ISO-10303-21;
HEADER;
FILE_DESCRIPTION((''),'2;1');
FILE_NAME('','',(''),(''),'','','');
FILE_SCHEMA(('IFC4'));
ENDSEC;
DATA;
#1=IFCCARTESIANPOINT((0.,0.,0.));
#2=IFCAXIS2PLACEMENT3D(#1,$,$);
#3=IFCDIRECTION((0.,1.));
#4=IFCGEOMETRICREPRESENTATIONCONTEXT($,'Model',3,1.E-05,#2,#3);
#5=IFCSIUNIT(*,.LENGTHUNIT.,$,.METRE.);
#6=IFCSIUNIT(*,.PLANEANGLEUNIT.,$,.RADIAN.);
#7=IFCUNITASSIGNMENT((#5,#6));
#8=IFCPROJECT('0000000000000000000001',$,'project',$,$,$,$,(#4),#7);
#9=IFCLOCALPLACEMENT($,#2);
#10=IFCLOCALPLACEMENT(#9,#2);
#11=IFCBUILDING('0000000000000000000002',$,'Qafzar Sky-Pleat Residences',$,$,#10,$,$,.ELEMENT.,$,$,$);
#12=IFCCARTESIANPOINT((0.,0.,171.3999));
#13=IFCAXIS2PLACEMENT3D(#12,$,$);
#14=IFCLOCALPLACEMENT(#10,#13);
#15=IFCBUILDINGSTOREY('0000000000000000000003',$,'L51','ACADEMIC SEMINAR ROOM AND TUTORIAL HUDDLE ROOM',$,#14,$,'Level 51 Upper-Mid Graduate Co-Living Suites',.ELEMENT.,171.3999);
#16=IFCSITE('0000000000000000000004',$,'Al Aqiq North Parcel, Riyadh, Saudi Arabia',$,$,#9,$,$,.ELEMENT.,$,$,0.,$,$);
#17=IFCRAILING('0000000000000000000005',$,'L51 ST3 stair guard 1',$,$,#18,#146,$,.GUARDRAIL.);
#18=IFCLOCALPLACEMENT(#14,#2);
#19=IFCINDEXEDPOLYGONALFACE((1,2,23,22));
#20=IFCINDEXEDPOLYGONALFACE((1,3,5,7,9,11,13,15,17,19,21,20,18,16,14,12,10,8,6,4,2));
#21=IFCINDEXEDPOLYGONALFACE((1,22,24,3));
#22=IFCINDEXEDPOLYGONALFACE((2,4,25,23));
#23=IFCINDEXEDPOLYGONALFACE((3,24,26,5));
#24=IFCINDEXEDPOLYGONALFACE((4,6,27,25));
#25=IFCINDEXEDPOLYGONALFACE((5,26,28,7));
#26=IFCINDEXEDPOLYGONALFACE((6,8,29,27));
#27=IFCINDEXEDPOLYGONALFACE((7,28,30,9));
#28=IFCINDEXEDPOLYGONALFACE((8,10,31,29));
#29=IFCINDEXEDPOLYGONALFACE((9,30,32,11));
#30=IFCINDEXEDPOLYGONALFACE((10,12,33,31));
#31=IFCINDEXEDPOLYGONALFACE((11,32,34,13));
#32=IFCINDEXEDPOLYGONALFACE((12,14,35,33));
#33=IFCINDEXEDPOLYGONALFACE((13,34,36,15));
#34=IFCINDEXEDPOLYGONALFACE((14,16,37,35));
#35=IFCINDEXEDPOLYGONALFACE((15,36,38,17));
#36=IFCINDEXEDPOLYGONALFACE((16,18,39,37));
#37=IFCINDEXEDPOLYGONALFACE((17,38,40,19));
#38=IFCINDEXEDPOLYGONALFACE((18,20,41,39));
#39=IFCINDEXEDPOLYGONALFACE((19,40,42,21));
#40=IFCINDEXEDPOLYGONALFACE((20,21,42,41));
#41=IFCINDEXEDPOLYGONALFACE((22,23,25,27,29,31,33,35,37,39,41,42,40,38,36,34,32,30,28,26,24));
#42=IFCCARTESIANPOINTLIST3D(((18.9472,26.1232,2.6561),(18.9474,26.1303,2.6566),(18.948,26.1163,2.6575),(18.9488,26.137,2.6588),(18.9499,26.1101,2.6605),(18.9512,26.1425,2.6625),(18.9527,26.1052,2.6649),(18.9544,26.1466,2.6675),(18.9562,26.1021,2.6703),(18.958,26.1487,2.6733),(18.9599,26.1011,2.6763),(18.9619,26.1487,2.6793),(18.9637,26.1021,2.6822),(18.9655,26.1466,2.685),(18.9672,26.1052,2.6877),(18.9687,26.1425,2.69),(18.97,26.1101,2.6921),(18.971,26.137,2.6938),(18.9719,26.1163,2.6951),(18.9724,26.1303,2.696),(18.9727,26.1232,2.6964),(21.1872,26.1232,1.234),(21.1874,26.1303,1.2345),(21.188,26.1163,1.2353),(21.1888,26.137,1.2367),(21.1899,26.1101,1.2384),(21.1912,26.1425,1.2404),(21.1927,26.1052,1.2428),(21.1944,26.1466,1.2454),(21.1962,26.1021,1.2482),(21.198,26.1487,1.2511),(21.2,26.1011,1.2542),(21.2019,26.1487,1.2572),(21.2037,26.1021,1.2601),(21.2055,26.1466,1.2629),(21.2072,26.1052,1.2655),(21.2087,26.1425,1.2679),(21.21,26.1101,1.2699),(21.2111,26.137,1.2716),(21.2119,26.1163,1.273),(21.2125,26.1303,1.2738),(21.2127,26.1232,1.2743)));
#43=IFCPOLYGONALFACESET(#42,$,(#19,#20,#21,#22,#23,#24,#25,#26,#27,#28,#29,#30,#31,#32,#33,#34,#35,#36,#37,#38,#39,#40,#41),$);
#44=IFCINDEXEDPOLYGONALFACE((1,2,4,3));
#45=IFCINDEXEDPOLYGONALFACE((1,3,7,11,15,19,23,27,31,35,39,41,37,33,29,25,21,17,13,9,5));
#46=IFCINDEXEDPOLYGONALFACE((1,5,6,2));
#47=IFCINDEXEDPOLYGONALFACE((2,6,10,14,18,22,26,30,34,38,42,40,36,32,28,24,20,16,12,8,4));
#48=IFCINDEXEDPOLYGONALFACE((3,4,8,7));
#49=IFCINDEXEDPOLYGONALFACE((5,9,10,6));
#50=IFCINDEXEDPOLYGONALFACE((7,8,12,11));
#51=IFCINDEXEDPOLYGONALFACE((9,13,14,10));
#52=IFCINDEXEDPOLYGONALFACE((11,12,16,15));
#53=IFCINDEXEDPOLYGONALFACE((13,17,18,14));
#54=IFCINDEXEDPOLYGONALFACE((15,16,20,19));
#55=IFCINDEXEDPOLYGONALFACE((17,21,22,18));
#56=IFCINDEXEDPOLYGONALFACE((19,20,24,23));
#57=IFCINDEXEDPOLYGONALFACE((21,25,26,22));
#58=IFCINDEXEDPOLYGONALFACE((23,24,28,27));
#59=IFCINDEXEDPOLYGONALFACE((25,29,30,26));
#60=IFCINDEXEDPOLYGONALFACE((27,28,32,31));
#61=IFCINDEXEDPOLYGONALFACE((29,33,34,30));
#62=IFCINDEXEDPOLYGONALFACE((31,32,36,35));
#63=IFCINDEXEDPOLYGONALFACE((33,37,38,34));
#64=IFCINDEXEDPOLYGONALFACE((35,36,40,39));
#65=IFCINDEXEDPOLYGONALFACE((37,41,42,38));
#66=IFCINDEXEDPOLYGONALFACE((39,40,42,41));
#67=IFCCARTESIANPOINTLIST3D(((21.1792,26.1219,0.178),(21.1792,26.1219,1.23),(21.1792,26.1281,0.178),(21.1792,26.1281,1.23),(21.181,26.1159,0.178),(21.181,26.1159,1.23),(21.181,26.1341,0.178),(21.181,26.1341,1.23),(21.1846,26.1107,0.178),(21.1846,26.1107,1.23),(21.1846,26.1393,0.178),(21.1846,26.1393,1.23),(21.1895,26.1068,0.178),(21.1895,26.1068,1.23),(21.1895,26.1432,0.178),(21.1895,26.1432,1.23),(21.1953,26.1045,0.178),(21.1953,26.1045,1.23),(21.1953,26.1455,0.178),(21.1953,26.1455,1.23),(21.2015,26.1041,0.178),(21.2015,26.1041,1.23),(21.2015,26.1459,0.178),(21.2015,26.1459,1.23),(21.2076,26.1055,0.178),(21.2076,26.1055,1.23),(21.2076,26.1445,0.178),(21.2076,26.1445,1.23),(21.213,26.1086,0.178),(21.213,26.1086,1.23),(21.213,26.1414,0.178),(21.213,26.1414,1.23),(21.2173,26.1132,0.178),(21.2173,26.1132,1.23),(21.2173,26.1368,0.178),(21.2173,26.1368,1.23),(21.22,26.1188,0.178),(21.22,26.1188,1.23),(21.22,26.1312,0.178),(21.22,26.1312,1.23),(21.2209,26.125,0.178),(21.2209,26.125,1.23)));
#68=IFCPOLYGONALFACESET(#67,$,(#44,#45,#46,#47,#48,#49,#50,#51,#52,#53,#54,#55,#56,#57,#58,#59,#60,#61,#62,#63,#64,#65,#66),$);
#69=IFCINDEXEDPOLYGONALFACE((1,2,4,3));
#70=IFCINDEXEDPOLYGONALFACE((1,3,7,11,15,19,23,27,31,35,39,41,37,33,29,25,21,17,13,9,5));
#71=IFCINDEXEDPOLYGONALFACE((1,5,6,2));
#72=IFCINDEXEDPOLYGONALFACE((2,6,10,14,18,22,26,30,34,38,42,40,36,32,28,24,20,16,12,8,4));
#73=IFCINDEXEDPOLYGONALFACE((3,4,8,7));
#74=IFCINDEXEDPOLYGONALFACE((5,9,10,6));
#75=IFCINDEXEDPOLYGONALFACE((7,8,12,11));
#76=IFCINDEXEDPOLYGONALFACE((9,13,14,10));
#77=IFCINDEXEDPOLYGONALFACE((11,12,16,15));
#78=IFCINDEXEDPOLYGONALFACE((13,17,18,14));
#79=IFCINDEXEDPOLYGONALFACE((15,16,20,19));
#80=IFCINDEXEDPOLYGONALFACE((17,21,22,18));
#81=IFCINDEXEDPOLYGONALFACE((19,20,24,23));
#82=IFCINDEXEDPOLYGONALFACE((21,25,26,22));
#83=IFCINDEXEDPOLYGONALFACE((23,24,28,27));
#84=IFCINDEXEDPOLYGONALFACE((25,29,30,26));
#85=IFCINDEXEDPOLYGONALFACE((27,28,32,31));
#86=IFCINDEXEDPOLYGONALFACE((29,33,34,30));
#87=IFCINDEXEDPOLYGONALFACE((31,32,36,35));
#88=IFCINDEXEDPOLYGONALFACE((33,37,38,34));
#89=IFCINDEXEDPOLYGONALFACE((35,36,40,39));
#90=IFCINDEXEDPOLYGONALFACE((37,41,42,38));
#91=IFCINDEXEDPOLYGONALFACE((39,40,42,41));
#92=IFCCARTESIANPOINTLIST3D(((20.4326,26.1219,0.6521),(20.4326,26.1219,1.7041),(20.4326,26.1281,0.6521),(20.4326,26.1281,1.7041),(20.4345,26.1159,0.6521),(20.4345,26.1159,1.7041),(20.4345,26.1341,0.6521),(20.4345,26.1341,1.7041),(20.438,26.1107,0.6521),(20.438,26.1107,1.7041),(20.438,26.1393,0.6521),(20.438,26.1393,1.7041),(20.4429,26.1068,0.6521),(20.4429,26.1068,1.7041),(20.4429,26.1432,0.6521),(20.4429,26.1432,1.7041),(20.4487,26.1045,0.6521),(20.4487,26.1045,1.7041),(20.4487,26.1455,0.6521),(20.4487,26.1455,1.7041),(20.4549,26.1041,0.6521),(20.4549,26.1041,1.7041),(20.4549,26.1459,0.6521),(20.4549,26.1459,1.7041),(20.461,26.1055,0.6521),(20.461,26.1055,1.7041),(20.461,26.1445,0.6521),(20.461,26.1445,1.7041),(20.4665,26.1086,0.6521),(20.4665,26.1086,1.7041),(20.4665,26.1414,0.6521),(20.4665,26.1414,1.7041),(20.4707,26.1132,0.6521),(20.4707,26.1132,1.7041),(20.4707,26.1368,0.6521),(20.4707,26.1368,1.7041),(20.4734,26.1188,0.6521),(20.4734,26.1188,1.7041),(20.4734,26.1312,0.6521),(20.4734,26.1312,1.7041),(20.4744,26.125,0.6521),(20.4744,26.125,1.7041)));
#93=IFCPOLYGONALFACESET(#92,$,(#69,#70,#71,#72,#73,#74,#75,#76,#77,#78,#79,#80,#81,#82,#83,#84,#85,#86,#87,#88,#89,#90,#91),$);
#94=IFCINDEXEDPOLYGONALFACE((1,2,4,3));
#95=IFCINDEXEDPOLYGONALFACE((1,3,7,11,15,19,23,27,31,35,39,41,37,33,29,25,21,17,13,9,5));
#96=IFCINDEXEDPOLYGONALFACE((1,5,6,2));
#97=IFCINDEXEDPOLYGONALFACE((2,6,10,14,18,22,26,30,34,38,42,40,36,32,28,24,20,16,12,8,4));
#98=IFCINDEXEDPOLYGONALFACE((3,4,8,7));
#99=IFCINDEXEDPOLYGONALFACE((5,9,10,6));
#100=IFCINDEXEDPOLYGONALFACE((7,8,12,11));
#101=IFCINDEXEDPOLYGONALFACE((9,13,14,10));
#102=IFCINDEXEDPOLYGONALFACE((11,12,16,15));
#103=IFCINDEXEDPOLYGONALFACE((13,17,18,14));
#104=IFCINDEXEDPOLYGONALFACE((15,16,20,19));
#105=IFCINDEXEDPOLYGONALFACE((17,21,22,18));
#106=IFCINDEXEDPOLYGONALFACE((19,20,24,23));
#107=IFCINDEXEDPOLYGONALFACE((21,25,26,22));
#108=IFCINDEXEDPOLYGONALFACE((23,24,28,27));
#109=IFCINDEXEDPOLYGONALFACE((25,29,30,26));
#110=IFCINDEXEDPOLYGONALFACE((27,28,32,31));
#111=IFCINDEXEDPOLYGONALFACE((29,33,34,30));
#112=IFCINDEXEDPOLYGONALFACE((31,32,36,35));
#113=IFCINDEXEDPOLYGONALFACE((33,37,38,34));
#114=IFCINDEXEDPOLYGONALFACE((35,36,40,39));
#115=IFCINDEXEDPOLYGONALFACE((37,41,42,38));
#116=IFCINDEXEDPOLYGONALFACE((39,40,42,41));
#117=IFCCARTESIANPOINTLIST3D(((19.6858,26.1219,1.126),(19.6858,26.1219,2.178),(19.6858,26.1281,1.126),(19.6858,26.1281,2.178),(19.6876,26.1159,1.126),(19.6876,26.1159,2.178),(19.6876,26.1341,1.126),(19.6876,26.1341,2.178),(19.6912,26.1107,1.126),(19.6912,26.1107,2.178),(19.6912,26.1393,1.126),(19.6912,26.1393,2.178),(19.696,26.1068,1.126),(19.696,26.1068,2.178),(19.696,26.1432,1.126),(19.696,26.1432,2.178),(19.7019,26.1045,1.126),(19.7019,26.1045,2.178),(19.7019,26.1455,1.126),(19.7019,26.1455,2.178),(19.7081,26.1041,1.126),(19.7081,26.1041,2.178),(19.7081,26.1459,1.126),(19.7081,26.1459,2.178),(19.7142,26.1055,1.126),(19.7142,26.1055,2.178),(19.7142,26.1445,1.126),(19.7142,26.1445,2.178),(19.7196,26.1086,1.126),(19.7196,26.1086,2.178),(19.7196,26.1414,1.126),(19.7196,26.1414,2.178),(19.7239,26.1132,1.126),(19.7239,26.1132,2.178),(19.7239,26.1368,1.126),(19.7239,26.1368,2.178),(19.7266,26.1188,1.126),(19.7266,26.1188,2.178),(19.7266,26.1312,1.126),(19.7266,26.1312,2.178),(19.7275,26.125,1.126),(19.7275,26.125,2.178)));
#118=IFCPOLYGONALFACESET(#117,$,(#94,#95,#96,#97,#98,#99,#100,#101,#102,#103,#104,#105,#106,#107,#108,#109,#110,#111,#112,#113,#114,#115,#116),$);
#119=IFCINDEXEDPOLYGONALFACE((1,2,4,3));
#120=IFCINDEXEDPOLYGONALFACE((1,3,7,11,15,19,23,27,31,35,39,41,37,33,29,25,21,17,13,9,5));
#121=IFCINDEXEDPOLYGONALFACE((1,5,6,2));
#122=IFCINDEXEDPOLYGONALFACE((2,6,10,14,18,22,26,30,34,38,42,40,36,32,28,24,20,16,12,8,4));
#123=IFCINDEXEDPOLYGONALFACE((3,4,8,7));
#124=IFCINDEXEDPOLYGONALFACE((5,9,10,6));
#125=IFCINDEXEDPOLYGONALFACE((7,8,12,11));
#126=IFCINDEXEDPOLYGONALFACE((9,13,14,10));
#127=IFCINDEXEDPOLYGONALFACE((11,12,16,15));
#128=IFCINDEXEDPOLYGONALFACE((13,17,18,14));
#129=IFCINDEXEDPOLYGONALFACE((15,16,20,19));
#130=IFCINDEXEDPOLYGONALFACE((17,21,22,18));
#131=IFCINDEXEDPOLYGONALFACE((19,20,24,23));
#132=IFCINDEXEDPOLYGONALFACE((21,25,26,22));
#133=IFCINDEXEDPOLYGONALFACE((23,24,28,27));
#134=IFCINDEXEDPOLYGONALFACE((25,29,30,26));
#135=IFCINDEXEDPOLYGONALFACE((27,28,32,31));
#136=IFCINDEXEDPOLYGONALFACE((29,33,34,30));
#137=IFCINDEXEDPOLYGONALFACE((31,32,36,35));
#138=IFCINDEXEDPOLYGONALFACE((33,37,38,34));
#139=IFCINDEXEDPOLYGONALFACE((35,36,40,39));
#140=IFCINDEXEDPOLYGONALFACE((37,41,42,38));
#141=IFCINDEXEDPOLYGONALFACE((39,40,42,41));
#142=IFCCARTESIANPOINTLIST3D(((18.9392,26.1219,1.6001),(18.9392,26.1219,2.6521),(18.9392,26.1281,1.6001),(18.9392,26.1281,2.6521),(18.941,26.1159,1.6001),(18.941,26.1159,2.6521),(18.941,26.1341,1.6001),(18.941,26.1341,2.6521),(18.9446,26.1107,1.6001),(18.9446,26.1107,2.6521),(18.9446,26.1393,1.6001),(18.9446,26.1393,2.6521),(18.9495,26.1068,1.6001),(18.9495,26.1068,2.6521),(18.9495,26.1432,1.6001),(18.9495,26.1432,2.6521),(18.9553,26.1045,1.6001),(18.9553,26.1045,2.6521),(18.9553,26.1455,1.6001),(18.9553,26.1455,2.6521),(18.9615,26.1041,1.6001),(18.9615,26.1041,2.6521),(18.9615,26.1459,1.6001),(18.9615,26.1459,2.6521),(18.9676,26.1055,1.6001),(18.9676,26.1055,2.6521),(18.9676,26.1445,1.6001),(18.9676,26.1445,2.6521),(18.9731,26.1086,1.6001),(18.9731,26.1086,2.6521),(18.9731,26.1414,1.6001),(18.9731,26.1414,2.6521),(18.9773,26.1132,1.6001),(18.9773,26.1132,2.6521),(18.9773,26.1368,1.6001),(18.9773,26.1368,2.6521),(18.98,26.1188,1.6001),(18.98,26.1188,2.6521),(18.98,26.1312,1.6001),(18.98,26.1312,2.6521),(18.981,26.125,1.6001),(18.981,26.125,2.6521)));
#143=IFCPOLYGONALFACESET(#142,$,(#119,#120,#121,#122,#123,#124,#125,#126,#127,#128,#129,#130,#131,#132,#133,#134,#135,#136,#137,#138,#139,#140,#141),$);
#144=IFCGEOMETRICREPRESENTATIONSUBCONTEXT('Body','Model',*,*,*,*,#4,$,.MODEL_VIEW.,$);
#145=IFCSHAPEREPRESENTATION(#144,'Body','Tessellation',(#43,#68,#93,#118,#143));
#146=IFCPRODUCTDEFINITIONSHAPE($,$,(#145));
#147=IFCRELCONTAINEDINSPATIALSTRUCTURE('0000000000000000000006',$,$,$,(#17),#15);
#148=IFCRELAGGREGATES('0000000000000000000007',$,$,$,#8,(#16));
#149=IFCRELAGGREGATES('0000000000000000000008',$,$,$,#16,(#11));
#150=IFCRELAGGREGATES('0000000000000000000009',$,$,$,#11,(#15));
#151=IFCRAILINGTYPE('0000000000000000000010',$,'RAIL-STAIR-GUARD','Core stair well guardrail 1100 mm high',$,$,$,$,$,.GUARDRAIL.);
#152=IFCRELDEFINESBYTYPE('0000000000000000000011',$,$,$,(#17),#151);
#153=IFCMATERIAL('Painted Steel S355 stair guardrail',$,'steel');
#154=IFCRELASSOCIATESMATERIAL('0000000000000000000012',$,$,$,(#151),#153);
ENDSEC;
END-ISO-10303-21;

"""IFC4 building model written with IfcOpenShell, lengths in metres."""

from ifc_helpers import new_model, si_unit, direction, frame, origin, origin_2d, place, context, subcontext, project, spatial, circle, extrude, source, transform, mapped, material, type_object, element, save


model = new_model("IFC4")

# Units and contexts
model_context = context("Model", 3, precision=1e-05, world=origin(), true_north=direction((0.0, 1.0)))
body_context = subcontext(model_context, "Body", "Model", "MODEL_VIEW")
ifc_project = project(units=[si_unit("LENGTHUNIT", "METRE"), si_unit("PLANEANGLEUNIT", "RADIAN")], contexts=[model_context])

# Site, building, storey
site_placement = place(None, origin())
site = spatial("IfcSite", under=ifc_project, at=site_placement, Name="Al Aqiq North Parcel, Riyadh, Saudi Arabia", CompositionType="ELEMENT", RefElevation=0.0)
building_placement = place(site_placement, origin())
building = spatial("IfcBuilding", under=site, at=building_placement, Name="Qafzar Sky-Pleat Residences", CompositionType="ELEMENT")
storey_placement = place(building_placement, frame((0.0, 0.0, 171.3999)))
storey = spatial("IfcBuildingStorey", under=building, at=storey_placement, Name="L51", Description="ACADEMIC SEMINAR ROOM AND TUTORIAL HUDDLE ROOM", LongName="Level 51 Upper-Mid Graduate Co-Living Suites", CompositionType="ELEMENT", Elevation=171.3999)

# Railing
ifc_material_1 = material(Name="Painted Steel S355 stair guardrail", Category="steel")
railing_type_1 = type_object("IfcRailingType", Name="RAIL-STAIR-GUARD", Description="Core stair well guardrail 1100 mm high", PredefinedType="GUARDRAIL", material=ifc_material_1)
shared_shape_1 = source(origin(), body_context, "Body", "SweptSolid", [
    extrude(circle(Radius=0.0239, at=origin_2d()), frame((0.0, 0.0, 1.0762), z_axis=(-0.844229, 0.0, 0.535982), x_axis=(0.0, -1.0, 0.0)), (0.0, 0.0, 1.0), 2.6533),
    extrude(circle(Radius=0.021, at=origin_2d()), origin(), (0.0, 0.0, 1.0), 1.052),
    extrude(circle(Radius=0.021, at=origin_2d()), frame((-0.7466, 0.0, 0.4741)), (0.0, 0.0, 1.0), 1.052),
    extrude(circle(Radius=0.021, at=origin_2d()), frame((-1.4934, 0.0, 0.948)), (0.0, 0.0, 1.0), 1.052),
    extrude(circle(Radius=0.021, at=origin_2d()), frame((-2.24, 0.0, 1.4221)), (0.0, 0.0, 1.0), 1.052),
])
railing_1_placement = place(storey_placement, frame((21.2, 26.125, 0.178)))
element("IfcRailing", 1, at=railing_1_placement, inside=storey, type_object=railing_type_1, Name="L51 ST3 stair guard 1", PredefinedType="GUARDRAIL", context=body_context, shape_type="MappedRepresentation", body=[
    mapped(shared_shape_1, transform((0.0, 0.0, 0.0), x_axis=(1.0, 0.0, 0.0), y_axis=(0.0, 1.0, 0.0), z_axis=(0.0, 0.0, 1.0), scale=1.0)),
])

save(model, "model.ifc")
